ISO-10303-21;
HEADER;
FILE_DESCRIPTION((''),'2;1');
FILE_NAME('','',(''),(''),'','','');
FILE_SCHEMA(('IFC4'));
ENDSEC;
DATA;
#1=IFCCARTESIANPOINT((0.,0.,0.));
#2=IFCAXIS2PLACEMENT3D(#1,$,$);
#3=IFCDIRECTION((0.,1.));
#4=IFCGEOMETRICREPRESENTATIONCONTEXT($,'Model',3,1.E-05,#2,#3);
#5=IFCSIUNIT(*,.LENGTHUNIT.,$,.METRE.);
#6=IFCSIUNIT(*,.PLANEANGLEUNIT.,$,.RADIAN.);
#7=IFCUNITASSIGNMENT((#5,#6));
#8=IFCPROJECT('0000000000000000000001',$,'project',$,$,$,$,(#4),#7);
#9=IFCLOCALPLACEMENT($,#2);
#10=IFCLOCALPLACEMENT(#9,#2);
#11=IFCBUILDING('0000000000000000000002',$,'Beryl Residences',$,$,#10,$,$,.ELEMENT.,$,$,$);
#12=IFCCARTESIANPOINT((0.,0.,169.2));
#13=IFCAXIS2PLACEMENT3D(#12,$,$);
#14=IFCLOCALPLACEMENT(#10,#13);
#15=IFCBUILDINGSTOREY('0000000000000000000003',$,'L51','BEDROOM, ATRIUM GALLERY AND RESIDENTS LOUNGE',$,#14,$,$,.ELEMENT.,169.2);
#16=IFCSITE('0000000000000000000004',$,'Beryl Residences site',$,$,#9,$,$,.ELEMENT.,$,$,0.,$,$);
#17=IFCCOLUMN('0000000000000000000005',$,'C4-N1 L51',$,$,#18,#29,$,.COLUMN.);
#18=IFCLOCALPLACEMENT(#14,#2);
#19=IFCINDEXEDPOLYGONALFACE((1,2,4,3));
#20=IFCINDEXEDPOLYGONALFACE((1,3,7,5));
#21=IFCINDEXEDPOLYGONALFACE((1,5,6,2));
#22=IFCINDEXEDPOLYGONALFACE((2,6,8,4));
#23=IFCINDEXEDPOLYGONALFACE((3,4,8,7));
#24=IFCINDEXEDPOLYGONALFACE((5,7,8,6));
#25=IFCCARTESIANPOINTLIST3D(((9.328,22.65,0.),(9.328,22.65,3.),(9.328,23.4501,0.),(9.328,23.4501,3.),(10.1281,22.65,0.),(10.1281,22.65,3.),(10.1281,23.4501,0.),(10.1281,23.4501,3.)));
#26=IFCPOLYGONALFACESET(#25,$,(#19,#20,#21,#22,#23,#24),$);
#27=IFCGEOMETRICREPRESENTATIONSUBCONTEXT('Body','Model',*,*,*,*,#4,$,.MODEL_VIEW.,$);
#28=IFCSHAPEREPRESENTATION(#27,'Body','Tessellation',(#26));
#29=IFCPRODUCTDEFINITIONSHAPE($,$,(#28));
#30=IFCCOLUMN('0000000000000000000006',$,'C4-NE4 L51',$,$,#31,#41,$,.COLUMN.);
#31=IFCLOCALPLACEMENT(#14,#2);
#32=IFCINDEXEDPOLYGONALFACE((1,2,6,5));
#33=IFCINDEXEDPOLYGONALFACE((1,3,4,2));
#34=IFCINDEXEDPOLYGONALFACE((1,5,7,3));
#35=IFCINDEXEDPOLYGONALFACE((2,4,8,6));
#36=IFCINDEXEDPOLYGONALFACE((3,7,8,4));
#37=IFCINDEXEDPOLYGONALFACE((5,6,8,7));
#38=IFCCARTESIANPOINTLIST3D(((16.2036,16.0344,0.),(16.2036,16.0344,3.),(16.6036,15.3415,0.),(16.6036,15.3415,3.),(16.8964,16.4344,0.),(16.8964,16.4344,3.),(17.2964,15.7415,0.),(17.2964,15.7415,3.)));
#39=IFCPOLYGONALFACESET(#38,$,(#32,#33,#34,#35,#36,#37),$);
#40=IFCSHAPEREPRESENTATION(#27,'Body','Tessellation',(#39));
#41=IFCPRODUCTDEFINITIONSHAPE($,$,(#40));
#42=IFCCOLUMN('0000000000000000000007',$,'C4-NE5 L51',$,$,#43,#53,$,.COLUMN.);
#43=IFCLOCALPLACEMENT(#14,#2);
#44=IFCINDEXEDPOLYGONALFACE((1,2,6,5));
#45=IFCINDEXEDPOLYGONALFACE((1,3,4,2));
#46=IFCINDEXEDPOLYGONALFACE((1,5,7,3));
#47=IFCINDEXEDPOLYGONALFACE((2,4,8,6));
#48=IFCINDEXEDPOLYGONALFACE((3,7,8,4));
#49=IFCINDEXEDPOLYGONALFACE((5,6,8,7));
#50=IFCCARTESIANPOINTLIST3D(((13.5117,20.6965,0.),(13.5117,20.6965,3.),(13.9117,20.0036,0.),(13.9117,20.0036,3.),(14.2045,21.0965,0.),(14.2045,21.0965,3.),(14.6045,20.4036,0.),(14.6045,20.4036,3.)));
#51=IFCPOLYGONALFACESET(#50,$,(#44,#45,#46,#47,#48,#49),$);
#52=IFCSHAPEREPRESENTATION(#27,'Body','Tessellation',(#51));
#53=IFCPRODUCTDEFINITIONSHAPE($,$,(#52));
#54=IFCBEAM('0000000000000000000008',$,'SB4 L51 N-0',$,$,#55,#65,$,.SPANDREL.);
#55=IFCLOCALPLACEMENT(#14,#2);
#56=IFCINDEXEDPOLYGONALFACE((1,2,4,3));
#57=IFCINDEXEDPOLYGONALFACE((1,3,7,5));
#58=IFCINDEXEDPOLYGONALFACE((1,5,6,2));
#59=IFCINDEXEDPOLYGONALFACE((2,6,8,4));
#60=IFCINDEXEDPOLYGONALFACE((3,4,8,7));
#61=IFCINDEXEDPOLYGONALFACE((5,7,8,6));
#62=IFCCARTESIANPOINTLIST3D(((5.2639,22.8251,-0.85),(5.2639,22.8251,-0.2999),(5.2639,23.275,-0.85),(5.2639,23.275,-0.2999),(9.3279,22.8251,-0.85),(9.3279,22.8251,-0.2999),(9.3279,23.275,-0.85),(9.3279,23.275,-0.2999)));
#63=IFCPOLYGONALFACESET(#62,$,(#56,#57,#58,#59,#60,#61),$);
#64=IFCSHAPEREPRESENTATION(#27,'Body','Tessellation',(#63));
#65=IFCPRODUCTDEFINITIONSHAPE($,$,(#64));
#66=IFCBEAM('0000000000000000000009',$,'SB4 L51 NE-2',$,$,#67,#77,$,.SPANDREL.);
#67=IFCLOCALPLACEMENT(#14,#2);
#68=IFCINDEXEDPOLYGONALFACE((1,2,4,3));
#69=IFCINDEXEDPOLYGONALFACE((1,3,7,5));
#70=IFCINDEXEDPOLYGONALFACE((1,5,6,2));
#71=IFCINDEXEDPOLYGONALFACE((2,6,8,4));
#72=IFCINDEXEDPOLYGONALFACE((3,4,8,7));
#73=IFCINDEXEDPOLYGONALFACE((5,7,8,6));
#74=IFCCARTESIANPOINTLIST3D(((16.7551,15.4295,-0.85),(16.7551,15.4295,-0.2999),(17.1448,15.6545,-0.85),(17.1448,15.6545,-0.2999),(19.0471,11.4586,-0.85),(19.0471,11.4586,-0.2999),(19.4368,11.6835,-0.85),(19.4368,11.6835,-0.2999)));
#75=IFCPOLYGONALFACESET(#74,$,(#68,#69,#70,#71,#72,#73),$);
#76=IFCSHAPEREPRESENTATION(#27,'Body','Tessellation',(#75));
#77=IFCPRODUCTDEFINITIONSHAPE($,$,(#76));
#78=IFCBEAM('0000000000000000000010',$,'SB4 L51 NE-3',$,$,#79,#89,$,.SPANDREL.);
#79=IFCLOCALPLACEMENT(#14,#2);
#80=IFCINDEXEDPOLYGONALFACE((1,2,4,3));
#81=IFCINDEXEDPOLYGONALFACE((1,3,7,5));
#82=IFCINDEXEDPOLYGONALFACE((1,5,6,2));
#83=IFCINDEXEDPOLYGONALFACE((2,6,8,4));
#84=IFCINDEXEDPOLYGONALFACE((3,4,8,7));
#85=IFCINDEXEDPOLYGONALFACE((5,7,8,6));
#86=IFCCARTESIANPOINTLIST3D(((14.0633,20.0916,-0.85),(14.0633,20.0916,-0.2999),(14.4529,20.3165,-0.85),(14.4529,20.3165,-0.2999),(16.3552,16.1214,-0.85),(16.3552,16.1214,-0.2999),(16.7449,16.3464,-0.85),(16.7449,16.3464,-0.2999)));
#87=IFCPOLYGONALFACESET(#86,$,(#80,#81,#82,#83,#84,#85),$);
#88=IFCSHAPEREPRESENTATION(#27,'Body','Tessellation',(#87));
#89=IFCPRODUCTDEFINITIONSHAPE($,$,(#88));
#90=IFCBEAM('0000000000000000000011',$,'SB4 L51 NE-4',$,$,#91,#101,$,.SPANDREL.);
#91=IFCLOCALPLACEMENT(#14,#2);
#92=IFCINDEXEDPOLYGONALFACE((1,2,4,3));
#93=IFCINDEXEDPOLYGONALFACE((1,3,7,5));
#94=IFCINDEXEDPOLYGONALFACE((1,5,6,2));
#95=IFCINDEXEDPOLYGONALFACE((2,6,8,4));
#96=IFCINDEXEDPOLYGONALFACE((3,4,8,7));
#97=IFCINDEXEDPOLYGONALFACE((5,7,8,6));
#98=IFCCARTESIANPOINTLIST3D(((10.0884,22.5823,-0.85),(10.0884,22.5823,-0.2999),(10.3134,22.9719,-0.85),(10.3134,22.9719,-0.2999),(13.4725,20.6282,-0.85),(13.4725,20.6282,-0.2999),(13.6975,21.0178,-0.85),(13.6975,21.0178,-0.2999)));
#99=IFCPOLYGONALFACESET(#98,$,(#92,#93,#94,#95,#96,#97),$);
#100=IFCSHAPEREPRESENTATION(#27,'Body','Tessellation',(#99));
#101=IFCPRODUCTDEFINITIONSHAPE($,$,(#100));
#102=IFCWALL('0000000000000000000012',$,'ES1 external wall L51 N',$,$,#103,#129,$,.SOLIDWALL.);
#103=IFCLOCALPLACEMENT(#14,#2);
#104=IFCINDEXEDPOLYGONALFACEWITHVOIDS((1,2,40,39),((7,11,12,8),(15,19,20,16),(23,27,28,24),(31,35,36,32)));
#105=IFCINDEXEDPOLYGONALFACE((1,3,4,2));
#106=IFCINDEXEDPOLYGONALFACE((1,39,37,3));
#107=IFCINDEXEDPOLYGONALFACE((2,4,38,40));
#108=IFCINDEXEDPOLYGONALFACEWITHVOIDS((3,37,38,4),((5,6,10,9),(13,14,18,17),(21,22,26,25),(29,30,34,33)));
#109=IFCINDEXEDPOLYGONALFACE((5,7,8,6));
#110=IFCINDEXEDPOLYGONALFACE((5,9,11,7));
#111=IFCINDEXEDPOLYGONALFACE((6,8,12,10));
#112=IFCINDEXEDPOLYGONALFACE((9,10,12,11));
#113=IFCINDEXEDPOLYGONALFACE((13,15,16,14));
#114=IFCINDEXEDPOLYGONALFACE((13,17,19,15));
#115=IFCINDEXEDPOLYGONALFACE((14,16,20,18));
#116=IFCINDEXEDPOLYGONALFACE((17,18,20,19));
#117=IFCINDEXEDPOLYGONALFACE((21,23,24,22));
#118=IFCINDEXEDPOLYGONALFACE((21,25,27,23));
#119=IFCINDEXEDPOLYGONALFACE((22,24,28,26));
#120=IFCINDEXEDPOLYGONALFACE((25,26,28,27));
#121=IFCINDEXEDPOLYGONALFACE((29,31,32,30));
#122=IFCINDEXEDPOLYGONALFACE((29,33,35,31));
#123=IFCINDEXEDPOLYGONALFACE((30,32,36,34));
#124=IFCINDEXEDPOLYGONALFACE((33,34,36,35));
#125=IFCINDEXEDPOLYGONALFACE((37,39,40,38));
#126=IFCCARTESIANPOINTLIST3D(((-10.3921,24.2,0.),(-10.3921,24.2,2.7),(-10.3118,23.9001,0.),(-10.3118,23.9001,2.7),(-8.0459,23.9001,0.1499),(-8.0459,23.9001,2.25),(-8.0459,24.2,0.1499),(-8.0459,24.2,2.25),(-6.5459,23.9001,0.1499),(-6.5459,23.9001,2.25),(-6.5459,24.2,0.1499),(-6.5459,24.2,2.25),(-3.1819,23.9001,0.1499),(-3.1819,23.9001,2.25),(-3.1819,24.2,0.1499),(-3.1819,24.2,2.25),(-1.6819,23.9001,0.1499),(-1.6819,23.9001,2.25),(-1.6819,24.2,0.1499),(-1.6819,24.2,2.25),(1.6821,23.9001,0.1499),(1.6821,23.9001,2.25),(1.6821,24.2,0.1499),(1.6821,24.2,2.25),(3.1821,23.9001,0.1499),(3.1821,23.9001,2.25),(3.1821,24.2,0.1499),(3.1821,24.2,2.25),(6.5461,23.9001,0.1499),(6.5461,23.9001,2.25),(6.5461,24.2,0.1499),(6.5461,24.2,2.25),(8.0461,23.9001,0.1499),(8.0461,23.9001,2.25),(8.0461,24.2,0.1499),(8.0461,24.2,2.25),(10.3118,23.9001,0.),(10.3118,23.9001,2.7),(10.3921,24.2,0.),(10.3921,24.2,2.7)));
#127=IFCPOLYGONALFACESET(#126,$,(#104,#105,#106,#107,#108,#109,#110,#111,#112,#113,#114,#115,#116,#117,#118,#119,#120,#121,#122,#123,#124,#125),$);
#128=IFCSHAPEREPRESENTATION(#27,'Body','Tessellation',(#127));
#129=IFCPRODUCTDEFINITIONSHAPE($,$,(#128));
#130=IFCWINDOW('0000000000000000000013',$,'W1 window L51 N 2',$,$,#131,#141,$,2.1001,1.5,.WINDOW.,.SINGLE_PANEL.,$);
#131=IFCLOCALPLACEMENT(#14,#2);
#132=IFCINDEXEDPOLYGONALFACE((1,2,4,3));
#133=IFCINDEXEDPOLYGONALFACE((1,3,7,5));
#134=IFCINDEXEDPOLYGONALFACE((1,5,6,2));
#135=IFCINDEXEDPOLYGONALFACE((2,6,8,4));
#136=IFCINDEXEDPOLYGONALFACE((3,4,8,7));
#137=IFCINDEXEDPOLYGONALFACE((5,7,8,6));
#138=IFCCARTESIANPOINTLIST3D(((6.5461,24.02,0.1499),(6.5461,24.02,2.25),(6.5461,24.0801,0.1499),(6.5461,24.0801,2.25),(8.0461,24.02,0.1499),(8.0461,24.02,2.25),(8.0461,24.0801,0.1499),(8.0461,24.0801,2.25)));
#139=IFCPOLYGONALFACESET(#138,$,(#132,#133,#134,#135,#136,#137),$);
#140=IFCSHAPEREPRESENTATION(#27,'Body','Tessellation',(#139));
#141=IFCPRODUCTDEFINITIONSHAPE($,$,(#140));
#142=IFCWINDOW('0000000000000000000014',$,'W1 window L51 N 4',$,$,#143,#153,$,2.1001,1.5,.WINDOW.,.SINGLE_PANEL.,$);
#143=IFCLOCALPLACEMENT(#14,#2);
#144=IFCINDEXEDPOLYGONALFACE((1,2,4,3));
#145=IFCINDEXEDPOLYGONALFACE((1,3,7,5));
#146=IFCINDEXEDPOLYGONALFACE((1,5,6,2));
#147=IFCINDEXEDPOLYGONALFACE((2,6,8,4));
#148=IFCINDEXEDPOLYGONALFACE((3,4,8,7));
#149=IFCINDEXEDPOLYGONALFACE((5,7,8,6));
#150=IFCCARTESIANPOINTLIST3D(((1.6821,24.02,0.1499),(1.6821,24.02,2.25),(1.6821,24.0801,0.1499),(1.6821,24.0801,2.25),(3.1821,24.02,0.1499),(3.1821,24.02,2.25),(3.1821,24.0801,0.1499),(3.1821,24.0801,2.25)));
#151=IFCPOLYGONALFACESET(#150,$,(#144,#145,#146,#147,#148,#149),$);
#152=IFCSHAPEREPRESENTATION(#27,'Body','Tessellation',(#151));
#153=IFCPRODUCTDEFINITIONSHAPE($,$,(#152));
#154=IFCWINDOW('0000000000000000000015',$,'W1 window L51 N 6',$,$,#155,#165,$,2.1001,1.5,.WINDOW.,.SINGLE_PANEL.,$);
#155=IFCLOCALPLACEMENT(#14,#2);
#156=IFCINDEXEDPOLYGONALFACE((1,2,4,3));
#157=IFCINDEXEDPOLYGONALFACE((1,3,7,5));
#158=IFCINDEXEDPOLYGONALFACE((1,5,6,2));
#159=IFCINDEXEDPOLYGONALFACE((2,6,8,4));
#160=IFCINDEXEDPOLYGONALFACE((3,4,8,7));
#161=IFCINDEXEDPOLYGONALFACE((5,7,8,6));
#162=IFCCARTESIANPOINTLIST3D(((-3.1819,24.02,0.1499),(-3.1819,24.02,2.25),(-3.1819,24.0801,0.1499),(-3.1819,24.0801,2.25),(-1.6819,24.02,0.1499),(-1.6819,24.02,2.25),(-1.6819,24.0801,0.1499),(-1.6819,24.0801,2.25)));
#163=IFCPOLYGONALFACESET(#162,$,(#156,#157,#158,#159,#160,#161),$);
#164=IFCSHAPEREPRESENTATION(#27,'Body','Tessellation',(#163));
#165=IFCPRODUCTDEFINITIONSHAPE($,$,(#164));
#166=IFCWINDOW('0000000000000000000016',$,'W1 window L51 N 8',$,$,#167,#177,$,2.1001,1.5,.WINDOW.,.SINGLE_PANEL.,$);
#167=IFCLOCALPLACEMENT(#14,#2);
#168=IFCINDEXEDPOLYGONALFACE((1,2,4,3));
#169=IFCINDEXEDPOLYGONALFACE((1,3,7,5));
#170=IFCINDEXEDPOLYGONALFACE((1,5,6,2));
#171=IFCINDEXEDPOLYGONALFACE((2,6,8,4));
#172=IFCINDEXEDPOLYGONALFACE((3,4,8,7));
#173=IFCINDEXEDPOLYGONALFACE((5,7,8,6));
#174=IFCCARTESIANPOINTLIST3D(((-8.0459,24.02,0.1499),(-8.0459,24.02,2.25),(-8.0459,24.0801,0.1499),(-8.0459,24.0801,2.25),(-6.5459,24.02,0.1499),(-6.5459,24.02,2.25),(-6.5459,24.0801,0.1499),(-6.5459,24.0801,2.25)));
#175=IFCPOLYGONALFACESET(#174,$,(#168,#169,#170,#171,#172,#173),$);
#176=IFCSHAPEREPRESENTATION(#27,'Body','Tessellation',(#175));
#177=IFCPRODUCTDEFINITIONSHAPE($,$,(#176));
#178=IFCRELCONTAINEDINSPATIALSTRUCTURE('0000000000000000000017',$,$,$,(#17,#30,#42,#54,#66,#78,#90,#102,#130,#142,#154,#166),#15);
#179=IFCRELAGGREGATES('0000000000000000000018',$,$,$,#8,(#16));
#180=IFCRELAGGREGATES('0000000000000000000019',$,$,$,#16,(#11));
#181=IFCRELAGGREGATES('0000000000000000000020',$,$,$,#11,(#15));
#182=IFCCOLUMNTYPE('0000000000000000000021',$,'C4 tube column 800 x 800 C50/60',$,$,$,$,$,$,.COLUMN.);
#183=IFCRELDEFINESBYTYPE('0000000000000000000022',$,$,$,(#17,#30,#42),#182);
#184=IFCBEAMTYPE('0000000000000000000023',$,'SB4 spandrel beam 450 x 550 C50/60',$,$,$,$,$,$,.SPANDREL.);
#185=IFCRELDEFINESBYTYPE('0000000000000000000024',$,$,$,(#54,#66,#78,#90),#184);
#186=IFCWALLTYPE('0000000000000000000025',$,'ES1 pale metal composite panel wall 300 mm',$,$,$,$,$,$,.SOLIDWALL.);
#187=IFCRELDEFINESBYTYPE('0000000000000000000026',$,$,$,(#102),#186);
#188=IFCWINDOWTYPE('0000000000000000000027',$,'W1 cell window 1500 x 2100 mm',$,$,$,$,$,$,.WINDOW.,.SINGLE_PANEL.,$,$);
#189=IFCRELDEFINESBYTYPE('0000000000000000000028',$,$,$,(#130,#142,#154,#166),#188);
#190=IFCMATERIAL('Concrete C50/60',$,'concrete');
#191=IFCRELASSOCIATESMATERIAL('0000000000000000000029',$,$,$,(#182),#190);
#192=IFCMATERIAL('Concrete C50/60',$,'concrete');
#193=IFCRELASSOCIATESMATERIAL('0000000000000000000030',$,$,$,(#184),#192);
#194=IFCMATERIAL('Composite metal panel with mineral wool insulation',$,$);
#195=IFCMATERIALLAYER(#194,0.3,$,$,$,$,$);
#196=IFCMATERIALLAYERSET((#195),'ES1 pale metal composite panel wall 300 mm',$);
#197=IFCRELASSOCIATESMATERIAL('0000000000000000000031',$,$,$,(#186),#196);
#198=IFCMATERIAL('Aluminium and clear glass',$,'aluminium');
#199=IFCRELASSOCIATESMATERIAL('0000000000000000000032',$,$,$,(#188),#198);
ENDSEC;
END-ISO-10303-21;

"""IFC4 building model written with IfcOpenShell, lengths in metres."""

from ifc_helpers import new_model, si_unit, direction, frame, frame_2d, origin, origin_2d, place, context, subcontext, project, spatial, polyline, rectangle, outline, extrude, material, layer, layer_set, material_profile, profile_set, type_object, element, fill, save


model = new_model("IFC4")

# Units and contexts
model_context = context("Model", 3, precision=1e-05, world=origin(), true_north=direction((0.0, 1.0)))
body_context = subcontext(model_context, "Body", "Model", "MODEL_VIEW")
ifc_project = project(units=[si_unit("LENGTHUNIT", "METRE"), si_unit("PLANEANGLEUNIT", "RADIAN")], contexts=[model_context])

# Site, building, storey
site_placement = place(None, origin())
site = spatial("IfcSite", under=ifc_project, at=site_placement, Name="Beryl Residences site", CompositionType="ELEMENT", RefElevation=0.0)
building_placement = place(site_placement, origin())
building = spatial("IfcBuilding", under=site, at=building_placement, Name="Beryl Residences", CompositionType="ELEMENT")
storey_placement = place(building_placement, frame((0.0, 0.0, 169.2)))
storey = spatial("IfcBuildingStorey", under=building, at=storey_placement, Name="L51", Description="BEDROOM, ATRIUM GALLERY AND RESIDENTS LOUNGE", CompositionType="ELEMENT", Elevation=169.2)

# Columns
ifc_material_1 = material(Name="Concrete C50/60", Category="concrete")
ifc_material_profile_1 = material_profile(ifc_material_1, rectangle(XDim=0.8, YDim=0.8, at=origin_2d()))
ifc_profile_set_1 = profile_set([ifc_material_profile_1], Name="Concrete C50/60")
column_type = type_object("IfcColumnType", Name="C4 tube column 800 x 800 C50/60", PredefinedType="COLUMN", material=ifc_profile_set_1)
for number, where, z_axis, x_axis, name in (
    (1, (9.728, 23.05, 0.0), (0.0, 0.0, 1.0), (-1.0, 0.0, 0.0), "C4-N1 L51"),
    (2, (16.75, 15.8879, 0.0), (0.0, 0.0, 1.0), (-0.5, 0.866025, 0.0), "C4-NE4 L51"),
    (3, (14.0581, 20.55, 0.0), (0.0, 0.0, 1.0), (-0.5, 0.866025, 0.0), "C4-NE5 L51"),
):
    element("IfcColumn", number, at=place(storey_placement, frame(where, z_axis=z_axis, x_axis=x_axis)), inside=storey, type_object=column_type, Name=name, PredefinedType="COLUMN", context=body_context, shape_type="SweptSolid", body=[
        extrude(rectangle(XDim=0.8, YDim=0.8, at=origin_2d()), origin(), (0.0, 0.0, 1.0), 3.0),
    ])

# Beams
ifc_material_2 = material(Name="Concrete C50/60", Category="concrete")
ifc_material_profile_2 = material_profile(ifc_material_2, rectangle(XDim=0.45, YDim=0.55, at=origin_2d()))
ifc_profile_set_2 = profile_set([ifc_material_profile_2], Name="Concrete C50/60")
beam_type = type_object("IfcBeamType", Name="SB4 spandrel beam 450 x 550 C50/60", PredefinedType="SPANDREL", material=ifc_profile_set_2)
beam_1_placement = place(storey_placement, frame((9.3279, 23.05, -0.575), z_axis=(-1.0, 0.0, 0.0), x_axis=(0.0, -1.0, 0.0)))
element("IfcBeam", 4, at=beam_1_placement, inside=storey, type_object=beam_type, Name="SB4 L51 N-0", PredefinedType="SPANDREL", context=body_context, shape_type="SweptSolid", body=[
    extrude(rectangle(XDim=0.45, YDim=0.55, at=origin_2d()), origin(), (0.0, 0.0, 1.0), 4.064),
])
beam_2_placement = place(storey_placement, frame((19.2419, 11.571, -0.575), z_axis=(-0.499896, 0.866085, 0.0), x_axis=(-0.866085, -0.499896, 0.0)))
element("IfcBeam", 5, at=beam_2_placement, inside=storey, type_object=beam_type, Name="SB4 L51 NE-2", PredefinedType="SPANDREL", context=body_context, shape_type="SweptSolid", body=[
    extrude(rectangle(XDim=0.45, YDim=0.55, at=origin_2d()), origin(), (0.0, 0.0, 1.0), 4.585),
])
beam_3_placement = place(storey_placement, frame((16.55, 16.2339, -0.575), z_axis=(-0.499965, 0.866045, 0.0), x_axis=(-0.866045, -0.499965, 0.0)))
element("IfcBeam", 6, at=beam_3_placement, inside=storey, type_object=beam_type, Name="SB4 L51 NE-3", PredefinedType="SPANDREL", context=body_context, shape_type="SweptSolid", body=[
    extrude(rectangle(XDim=0.45, YDim=0.55, at=origin_2d()), origin(), (0.0, 0.0, 1.0), 4.5842),
])
beam_4_placement = place(storey_placement, frame((13.585, 20.823, -0.575), z_axis=(-0.865989, 0.500063, 0.0), x_axis=(-0.500063, -0.865989, 0.0)))
element("IfcBeam", 7, at=beam_4_placement, inside=storey, type_object=beam_type, Name="SB4 L51 NE-4", PredefinedType="SPANDREL", context=body_context, shape_type="SweptSolid", body=[
    extrude(rectangle(XDim=0.45, YDim=0.55, at=origin_2d()), origin(), (0.0, 0.0, 1.0), 3.9077),
])

# Wall, openings, windows
ifc_material_3 = material(Name="Composite metal panel with mineral wool insulation")
ifc_layer_1 = layer(ifc_material_3, 0.3)
ifc_layer_set_1 = layer_set([ifc_layer_1], Name="ES1 pale metal composite panel wall 300 mm")
wall_type_1 = type_object("IfcWallType", Name="ES1 pale metal composite panel wall 300 mm", PredefinedType="SOLIDWALL", material=ifc_layer_set_1)
wall_1_placement = place(storey_placement, frame((10.3921, 24.05, 0.0), z_axis=(0.0, 0.0, 1.0), x_axis=(-1.0, 0.0, 0.0)))
wall_1 = element("IfcWall", 8, at=wall_1_placement, inside=storey, type_object=wall_type_1, Name="ES1 external wall L51 N", PredefinedType="SOLIDWALL", context=body_context, shape_type="SweptSolid", body=[
    extrude(outline(polyline([(0.0, -0.1499), (20.7842, -0.1499), (20.7039, 0.1499), (0.0803, 0.1499), (0.0, -0.1499)])), origin(), (0.0, 0.0, 1.0), 2.7),
])
opening_1_placement = place(wall_1_placement, frame((2.3459, 0.0, 0.1499)))
opening_1 = element("IfcOpeningElement", 9, at=opening_1_placement, cuts=wall_1, PredefinedType="OPENING", context=body_context, shape_type="SweptSolid", body=[
    extrude(rectangle(XDim=1.5, YDim=2.1001, at=frame_2d((0.75, 1.05))), frame((0.0, 0.1599, 0.0), z_axis=(0.0, -1.0, 0.0), x_axis=(1.0, 0.0, 0.0)), (0.0, 0.0, 1.0), 0.3201),
])
opening_2_placement = place(wall_1_placement, frame((7.21, 0.0, 0.1499)))
opening_2 = element("IfcOpeningElement", 10, at=opening_2_placement, cuts=wall_1, PredefinedType="OPENING", context=body_context, shape_type="SweptSolid", body=[
    extrude(rectangle(XDim=1.5, YDim=2.1001, at=frame_2d((0.75, 1.05))), frame((0.0, 0.1599, 0.0), z_axis=(0.0, -1.0, 0.0), x_axis=(1.0, 0.0, 0.0)), (0.0, 0.0, 1.0), 0.3201),
])
opening_3_placement = place(wall_1_placement, frame((12.074, 0.0, 0.1499)))
opening_3 = element("IfcOpeningElement", 11, at=opening_3_placement, cuts=wall_1, PredefinedType="OPENING", context=body_context, shape_type="SweptSolid", body=[
    extrude(rectangle(XDim=1.5, YDim=2.1001, at=frame_2d((0.75, 1.05))), frame((0.0, 0.1599, 0.0), z_axis=(0.0, -1.0, 0.0), x_axis=(1.0, 0.0, 0.0)), (0.0, 0.0, 1.0), 0.3201),
])
opening_4_placement = place(wall_1_placement, frame((16.938, 0.0, 0.1499)))
opening_4 = element("IfcOpeningElement", 12, at=opening_4_placement, cuts=wall_1, PredefinedType="OPENING", context=body_context, shape_type="SweptSolid", body=[
    extrude(rectangle(XDim=1.5, YDim=2.1001, at=frame_2d((0.75, 1.05))), frame((0.0, 0.1599, 0.0), z_axis=(0.0, -1.0, 0.0), x_axis=(1.0, 0.0, 0.0)), (0.0, 0.0, 1.0), 0.3201),
])
ifc_material_4 = material(Name="Aluminium and clear glass", Category="aluminium")
window_type_1 = type_object("IfcWindowType", Name="W1 cell window 1500 x 2100 mm", PartitioningType="SINGLE_PANEL", PredefinedType="WINDOW", material=ifc_material_4)
window_1_placement = place(opening_1_placement, origin())
window_1 = element("IfcWindow", 13, at=window_1_placement, inside=storey, type_object=window_type_1, Name="W1 window L51 N 2", OverallHeight=2.1001, OverallWidth=1.5, PartitioningType="SINGLE_PANEL", PredefinedType="WINDOW", context=body_context, shape_type="SweptSolid", body=[
    extrude(rectangle(XDim=1.5, YDim=2.1001, at=frame_2d((0.75, 1.05))), frame((0.0, 0.03, 0.0), z_axis=(0.0, -1.0, 0.0), x_axis=(1.0, 0.0, 0.0)), (0.0, 0.0, 1.0), 0.0601),
])
fill(opening_1, window_1)
window_2_placement = place(opening_2_placement, origin())
window_2 = element("IfcWindow", 14, at=window_2_placement, inside=storey, type_object=window_type_1, Name="W1 window L51 N 4", OverallHeight=2.1001, OverallWidth=1.5, PartitioningType="SINGLE_PANEL", PredefinedType="WINDOW", context=body_context, shape_type="SweptSolid", body=[
    extrude(rectangle(XDim=1.5, YDim=2.1001, at=frame_2d((0.75, 1.05))), frame((0.0, 0.03, 0.0), z_axis=(0.0, -1.0, 0.0), x_axis=(1.0, 0.0, 0.0)), (0.0, 0.0, 1.0), 0.0601),
])
fill(opening_2, window_2)
window_3_placement = place(opening_3_placement, origin())
window_3 = element("IfcWindow", 15, at=window_3_placement, inside=storey, type_object=window_type_1, Name="W1 window L51 N 6", OverallHeight=2.1001, OverallWidth=1.5, PartitioningType="SINGLE_PANEL", PredefinedType="WINDOW", context=body_context, shape_type="SweptSolid", body=[
    extrude(rectangle(XDim=1.5, YDim=2.1001, at=frame_2d((0.75, 1.05))), frame((0.0, 0.03, 0.0), z_axis=(0.0, -1.0, 0.0), x_axis=(1.0, 0.0, 0.0)), (0.0, 0.0, 1.0), 0.0601),
])
fill(opening_3, window_3)
window_4_placement = place(opening_4_placement, origin())
window_4 = element("IfcWindow", 16, at=window_4_placement, inside=storey, type_object=window_type_1, Name="W1 window L51 N 8", OverallHeight=2.1001, OverallWidth=1.5, PartitioningType="SINGLE_PANEL", PredefinedType="WINDOW", context=body_context, shape_type="SweptSolid", body=[
    extrude(rectangle(XDim=1.5, YDim=2.1001, at=frame_2d((0.75, 1.05))), frame((0.0, 0.03, 0.0), z_axis=(0.0, -1.0, 0.0), x_axis=(1.0, 0.0, 0.0)), (0.0, 0.0, 1.0), 0.0601),
])
fill(opening_4, window_4)

save(model, "model.ifc")
